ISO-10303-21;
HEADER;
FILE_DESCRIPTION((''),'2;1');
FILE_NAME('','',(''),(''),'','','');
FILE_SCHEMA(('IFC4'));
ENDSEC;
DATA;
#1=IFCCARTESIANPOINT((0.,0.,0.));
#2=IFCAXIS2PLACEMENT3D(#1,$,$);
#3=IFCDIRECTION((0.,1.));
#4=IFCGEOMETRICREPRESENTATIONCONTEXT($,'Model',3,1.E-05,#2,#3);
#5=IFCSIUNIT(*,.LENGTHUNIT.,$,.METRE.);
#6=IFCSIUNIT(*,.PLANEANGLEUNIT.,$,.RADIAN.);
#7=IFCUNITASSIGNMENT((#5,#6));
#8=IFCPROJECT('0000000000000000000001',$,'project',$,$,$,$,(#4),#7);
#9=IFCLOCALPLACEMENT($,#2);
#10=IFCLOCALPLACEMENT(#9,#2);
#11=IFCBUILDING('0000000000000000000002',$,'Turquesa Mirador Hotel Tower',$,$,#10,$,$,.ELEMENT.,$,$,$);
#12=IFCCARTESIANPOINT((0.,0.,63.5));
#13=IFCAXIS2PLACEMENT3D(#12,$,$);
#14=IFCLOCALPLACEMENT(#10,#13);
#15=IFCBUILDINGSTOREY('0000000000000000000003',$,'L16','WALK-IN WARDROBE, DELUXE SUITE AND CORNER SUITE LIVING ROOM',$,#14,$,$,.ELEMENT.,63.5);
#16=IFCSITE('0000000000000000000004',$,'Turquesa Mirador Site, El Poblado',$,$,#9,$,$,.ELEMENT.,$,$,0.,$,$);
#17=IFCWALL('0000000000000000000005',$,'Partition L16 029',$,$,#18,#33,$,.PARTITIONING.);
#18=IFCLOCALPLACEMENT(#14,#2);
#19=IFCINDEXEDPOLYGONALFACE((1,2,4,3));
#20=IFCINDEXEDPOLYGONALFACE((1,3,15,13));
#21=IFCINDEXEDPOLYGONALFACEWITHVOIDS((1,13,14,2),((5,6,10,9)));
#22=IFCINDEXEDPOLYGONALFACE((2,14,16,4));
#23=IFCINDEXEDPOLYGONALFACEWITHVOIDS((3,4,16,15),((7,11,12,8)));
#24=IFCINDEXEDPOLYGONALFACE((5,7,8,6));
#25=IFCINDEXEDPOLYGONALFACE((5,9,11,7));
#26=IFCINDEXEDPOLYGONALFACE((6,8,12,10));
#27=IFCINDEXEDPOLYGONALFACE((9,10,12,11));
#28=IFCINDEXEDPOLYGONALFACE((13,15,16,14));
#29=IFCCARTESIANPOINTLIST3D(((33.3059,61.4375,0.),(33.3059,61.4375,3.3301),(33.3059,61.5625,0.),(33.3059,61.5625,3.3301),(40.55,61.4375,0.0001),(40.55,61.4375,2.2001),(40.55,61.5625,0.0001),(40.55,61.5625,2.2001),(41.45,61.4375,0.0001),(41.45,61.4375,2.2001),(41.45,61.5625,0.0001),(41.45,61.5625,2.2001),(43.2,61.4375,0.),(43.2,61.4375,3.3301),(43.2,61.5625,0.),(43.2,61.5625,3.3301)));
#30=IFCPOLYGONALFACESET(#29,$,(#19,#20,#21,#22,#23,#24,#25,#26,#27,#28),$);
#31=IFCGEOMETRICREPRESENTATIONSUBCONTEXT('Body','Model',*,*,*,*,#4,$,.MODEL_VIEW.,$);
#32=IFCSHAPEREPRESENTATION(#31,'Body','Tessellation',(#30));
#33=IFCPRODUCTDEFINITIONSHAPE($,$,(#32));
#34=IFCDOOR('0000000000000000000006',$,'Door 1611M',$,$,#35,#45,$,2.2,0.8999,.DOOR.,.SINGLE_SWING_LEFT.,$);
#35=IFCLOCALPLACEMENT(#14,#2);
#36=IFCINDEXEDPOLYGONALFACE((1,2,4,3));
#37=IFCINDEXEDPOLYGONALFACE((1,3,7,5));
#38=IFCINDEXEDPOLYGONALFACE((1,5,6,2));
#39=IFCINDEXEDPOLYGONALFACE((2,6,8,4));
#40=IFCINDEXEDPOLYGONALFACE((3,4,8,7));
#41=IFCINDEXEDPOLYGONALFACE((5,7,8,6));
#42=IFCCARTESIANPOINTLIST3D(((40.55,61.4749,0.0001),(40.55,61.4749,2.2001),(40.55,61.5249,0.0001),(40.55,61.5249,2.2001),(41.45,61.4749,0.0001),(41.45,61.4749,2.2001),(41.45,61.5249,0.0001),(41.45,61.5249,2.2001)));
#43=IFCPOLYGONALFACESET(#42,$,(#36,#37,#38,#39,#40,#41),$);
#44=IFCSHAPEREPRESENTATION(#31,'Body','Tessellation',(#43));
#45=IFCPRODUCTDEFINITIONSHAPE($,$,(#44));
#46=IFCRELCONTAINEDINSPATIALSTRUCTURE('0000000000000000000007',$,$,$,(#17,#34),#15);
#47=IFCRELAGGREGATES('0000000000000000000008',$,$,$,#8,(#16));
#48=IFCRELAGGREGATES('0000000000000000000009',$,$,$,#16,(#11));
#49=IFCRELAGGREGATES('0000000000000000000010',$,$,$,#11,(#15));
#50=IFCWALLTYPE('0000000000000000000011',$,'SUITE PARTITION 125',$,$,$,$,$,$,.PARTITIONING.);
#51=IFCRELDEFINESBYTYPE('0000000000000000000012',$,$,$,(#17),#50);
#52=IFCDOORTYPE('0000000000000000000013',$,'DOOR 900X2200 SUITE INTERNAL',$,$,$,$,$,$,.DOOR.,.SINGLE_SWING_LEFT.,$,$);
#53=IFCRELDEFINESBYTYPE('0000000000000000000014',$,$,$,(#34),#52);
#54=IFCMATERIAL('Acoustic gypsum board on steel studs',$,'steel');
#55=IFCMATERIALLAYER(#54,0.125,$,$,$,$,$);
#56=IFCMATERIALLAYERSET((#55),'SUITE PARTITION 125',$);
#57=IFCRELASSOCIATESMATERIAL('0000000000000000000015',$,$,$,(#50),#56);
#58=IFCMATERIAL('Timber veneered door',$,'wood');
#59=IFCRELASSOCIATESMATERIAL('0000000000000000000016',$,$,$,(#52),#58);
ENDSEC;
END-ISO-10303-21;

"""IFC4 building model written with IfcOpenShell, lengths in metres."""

from ifc_helpers import new_model, si_unit, direction, frame, frame_2d, origin, place, context, subcontext, project, spatial, rectangle, extrude, material, layer, layer_set, type_object, element, fill, save


model = new_model("IFC4")

# Units and contexts
model_context = context("Model", 3, precision=1e-05, world=origin(), true_north=direction((0.0, 1.0)))
body_context = subcontext(model_context, "Body", "Model", "MODEL_VIEW")
ifc_project = project(units=[si_unit("LENGTHUNIT", "METRE"), si_unit("PLANEANGLEUNIT", "RADIAN")], contexts=[model_context])

# Site, building, storey
site_placement = place(None, origin())
site = spatial("IfcSite", under=ifc_project, at=site_placement, Name="Turquesa Mirador Site, El Poblado", CompositionType="ELEMENT", RefElevation=0.0)
building_placement = place(site_placement, origin())
building = spatial("IfcBuilding", under=site, at=building_placement, Name="Turquesa Mirador Hotel Tower", CompositionType="ELEMENT")
storey_placement = place(building_placement, frame((0.0, 0.0, 63.5)))
storey = spatial("IfcBuildingStorey", under=building, at=storey_placement, Name="L16", Description="WALK-IN WARDROBE, DELUXE SUITE AND CORNER SUITE LIVING ROOM", CompositionType="ELEMENT", Elevation=63.5)

# Wall, opening, door
ifc_material_1 = material(Name="Acoustic gypsum board on steel studs", Category="steel")
ifc_layer_1 = layer(ifc_material_1, 0.125)
ifc_layer_set_1 = layer_set([ifc_layer_1], Name="SUITE PARTITION 125")
wall_type_1 = type_object("IfcWallType", Name="SUITE PARTITION 125", PredefinedType="PARTITIONING", material=ifc_layer_set_1)
ifc_material_2 = material(Name="Timber veneered door", Category="wood")
door_type = type_object("IfcDoorType", Name="DOOR 900X2200 SUITE INTERNAL", OperationType="SINGLE_SWING_LEFT", PredefinedType="DOOR", material=ifc_material_2)
wall_1_placement = place(storey_placement, frame((33.3059, 61.5, 0.0), z_axis=(0.0, 0.0, 1.0), x_axis=(1.0, 0.0, 0.0)))
wall_1 = element("IfcWall", 1, at=wall_1_placement, inside=storey, type_object=wall_type_1, Name="Partition L16 029", PredefinedType="PARTITIONING", context=body_context, shape_type="SweptSolid", body=[
    extrude(rectangle(XDim=9.894, YDim=0.125, at=frame_2d((4.947, 0.0))), origin(), (0.0, 0.0, 1.0), 3.3301),
])
opening_1_placement = place(wall_1_placement, frame((7.2441, 0.0, 0.0)))
opening_1 = element("IfcOpeningElement", 2, at=opening_1_placement, cuts=wall_1, PredefinedType="OPENING", context=body_context, shape_type="SweptSolid", body=[
    extrude(rectangle(XDim=0.8999, YDim=2.2, at=frame_2d((0.45, 1.1001))), frame((0.0, 0.0725, 0.0), z_axis=(0.0, -1.0, 0.0), x_axis=(1.0, 0.0, 0.0)), (0.0, 0.0, 1.0), 0.145),
])
door_1_placement = place(opening_1_placement, origin())
door_1 = element("IfcDoor", 3, at=door_1_placement, inside=storey, type_object=door_type, Name="Door 1611M", OperationType="SINGLE_SWING_LEFT", OverallHeight=2.2, OverallWidth=0.8999, PredefinedType="DOOR", context=body_context, shape_type="SweptSolid", body=[
    extrude(rectangle(XDim=0.8999, YDim=2.2, at=frame_2d((0.45, 1.1001))), frame((0.0, 0.0249, 0.0), z_axis=(0.0, -1.0, 0.0), x_axis=(1.0, 0.0, 0.0)), (0.0, 0.0, 1.0), 0.05),
])
fill(opening_1, door_1)

save(model, "model.ifc")
